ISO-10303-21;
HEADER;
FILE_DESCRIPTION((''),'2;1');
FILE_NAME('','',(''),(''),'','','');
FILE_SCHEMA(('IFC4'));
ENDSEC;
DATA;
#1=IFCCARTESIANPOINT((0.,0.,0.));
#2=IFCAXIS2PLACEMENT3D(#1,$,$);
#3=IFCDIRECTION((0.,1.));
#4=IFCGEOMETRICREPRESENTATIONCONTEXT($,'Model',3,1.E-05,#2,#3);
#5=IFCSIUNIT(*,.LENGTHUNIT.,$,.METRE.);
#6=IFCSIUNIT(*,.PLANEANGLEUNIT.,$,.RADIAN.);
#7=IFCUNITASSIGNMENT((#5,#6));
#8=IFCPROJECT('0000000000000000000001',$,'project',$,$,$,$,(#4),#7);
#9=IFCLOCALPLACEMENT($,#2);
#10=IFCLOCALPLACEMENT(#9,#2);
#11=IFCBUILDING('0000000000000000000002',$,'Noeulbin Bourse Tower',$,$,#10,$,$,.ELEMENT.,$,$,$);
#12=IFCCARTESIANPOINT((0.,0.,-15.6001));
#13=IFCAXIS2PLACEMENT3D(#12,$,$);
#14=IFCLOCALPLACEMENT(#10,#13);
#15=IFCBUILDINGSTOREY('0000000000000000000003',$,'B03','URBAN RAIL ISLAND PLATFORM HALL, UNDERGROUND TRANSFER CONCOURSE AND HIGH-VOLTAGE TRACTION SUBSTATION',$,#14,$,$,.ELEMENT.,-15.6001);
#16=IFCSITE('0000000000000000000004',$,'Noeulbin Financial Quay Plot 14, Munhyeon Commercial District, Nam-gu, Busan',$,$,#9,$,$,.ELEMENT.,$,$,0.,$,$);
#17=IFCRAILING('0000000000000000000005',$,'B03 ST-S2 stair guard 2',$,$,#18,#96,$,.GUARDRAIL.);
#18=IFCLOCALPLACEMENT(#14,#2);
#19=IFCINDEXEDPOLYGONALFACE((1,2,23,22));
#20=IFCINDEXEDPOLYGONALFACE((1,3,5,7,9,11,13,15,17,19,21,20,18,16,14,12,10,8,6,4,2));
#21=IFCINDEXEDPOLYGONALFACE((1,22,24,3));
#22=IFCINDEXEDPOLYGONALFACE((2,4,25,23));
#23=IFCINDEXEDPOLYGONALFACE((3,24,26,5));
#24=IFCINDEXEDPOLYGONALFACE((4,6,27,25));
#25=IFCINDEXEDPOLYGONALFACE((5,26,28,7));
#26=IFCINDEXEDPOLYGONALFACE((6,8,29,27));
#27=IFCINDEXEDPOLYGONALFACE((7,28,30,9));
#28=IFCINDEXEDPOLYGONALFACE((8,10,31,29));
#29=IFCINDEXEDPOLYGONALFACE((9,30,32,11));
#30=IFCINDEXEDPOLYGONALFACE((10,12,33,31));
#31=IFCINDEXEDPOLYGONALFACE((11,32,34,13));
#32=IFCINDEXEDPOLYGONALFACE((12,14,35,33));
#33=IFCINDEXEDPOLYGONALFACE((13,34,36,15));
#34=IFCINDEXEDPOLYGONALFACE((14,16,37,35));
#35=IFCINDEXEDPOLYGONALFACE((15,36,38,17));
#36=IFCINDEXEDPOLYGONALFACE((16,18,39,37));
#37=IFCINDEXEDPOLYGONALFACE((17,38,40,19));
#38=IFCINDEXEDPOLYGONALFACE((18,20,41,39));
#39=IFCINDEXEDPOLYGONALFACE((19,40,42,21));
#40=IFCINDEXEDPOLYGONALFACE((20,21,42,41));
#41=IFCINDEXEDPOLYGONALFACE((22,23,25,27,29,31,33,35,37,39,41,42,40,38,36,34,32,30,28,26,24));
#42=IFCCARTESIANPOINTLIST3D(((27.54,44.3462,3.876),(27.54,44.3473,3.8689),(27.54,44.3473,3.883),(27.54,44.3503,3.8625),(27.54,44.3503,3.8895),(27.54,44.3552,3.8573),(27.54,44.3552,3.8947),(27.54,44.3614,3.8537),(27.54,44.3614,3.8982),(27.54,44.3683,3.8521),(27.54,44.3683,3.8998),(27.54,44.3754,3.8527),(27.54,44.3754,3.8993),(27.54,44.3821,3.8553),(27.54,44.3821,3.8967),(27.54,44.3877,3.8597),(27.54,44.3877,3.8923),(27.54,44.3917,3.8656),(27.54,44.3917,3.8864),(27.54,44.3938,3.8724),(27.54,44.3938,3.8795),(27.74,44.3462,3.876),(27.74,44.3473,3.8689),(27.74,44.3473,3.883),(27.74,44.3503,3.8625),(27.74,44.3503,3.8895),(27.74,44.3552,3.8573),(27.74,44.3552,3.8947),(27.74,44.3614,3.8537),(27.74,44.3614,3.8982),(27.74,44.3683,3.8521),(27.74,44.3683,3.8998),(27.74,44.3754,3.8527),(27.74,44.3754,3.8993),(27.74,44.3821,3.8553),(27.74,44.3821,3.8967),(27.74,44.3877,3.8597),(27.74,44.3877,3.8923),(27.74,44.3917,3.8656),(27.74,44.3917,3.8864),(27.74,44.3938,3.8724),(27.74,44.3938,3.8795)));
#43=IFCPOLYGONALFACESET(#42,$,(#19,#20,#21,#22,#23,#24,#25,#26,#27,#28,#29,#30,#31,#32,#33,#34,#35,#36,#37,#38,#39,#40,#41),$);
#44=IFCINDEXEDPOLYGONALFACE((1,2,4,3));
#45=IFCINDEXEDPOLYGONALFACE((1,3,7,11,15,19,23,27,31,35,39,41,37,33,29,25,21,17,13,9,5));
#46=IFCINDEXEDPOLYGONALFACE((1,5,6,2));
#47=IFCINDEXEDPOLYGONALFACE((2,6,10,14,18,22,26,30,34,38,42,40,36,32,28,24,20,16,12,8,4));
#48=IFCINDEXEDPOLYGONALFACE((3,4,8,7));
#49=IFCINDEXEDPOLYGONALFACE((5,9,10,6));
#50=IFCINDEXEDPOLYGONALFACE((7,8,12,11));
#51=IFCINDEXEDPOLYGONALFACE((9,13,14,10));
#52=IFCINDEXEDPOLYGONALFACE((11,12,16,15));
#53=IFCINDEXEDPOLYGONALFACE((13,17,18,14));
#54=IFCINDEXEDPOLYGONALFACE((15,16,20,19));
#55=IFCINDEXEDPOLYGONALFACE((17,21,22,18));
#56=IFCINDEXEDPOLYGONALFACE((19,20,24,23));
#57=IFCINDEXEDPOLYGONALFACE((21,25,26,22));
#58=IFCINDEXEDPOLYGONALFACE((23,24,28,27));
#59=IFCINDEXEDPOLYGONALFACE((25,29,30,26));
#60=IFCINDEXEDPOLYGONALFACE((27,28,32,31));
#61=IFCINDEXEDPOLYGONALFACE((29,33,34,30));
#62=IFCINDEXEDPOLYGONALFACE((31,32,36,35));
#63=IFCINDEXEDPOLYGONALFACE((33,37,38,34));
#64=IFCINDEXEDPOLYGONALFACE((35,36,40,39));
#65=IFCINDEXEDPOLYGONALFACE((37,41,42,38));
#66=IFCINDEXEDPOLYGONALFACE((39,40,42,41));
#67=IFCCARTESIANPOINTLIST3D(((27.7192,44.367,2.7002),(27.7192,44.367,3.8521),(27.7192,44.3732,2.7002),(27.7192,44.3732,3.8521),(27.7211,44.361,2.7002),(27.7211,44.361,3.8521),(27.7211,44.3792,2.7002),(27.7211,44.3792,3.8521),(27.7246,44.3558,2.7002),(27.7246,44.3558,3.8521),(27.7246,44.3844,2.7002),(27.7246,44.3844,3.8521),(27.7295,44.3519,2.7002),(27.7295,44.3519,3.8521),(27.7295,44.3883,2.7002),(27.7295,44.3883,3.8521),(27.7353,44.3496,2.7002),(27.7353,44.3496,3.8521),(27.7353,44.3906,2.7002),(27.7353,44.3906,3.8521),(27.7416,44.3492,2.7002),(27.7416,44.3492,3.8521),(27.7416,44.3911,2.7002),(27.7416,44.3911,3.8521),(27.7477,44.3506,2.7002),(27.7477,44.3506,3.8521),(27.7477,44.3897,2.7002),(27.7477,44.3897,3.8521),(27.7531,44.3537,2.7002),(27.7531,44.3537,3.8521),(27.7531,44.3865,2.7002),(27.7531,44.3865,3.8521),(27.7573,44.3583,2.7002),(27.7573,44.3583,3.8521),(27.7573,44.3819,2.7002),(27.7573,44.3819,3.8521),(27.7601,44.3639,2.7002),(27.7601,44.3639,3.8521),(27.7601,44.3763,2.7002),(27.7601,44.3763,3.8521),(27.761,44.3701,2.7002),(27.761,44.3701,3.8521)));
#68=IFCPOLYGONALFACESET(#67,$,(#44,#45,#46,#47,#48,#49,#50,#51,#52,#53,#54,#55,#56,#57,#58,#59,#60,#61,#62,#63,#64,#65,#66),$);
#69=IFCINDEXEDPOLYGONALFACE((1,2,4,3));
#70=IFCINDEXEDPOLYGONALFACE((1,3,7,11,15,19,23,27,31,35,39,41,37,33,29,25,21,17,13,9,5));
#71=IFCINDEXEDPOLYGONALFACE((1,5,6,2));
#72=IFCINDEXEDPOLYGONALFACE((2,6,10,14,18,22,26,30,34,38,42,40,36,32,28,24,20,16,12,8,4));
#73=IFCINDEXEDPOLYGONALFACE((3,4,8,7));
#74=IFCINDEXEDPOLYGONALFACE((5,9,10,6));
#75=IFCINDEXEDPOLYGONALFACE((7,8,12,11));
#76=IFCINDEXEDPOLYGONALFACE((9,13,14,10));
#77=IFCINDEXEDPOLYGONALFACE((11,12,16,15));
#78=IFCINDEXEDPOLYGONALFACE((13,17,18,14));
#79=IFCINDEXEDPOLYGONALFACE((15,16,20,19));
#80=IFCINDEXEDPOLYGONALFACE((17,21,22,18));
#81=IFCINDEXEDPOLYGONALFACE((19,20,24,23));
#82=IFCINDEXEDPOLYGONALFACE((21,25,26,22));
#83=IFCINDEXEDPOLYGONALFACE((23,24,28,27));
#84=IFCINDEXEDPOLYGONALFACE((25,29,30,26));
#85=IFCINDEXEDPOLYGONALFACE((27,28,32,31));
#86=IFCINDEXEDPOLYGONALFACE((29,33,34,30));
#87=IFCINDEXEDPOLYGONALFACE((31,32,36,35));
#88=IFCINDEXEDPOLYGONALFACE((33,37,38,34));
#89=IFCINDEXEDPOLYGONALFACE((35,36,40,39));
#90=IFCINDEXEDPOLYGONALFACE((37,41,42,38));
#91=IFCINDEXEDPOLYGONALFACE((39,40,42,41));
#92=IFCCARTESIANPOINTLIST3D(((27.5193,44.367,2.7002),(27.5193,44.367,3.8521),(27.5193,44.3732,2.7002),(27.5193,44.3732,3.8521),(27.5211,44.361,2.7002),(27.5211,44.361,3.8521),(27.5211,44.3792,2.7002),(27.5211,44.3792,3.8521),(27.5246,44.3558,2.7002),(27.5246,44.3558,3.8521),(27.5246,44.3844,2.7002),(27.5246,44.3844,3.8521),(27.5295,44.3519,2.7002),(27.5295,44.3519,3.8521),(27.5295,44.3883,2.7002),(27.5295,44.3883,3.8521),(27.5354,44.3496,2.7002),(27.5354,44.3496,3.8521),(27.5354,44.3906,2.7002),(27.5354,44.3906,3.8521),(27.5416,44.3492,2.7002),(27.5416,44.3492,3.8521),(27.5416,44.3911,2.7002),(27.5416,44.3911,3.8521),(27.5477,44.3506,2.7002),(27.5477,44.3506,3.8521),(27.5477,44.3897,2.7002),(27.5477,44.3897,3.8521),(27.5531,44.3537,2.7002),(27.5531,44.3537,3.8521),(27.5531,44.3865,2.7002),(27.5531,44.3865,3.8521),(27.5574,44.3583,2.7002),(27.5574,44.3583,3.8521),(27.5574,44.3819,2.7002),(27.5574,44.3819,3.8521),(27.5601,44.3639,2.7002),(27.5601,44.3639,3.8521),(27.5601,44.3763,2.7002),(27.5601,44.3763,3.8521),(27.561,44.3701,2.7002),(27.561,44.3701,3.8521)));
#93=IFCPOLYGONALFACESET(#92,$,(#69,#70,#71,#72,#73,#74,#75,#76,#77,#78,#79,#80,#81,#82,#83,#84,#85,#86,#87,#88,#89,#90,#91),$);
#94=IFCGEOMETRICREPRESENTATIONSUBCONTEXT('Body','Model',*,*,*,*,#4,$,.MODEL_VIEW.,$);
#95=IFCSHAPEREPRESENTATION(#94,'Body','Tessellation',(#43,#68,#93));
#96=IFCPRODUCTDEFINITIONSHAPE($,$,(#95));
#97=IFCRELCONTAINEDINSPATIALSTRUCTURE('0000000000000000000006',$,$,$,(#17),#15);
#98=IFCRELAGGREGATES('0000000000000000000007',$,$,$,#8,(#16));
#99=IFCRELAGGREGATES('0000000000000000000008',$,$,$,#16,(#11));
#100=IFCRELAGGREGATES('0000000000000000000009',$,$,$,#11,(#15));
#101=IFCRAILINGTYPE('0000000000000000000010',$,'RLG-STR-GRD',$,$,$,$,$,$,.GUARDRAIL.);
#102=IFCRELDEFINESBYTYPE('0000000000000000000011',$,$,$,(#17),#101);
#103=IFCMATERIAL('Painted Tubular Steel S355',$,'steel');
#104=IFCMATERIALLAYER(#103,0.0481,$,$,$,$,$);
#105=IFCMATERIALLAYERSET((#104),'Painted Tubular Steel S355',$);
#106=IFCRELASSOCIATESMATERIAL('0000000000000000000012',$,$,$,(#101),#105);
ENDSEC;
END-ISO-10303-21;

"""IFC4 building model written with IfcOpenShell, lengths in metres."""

from ifc_helpers import new_model, si_unit, direction, frame, origin, origin_2d, place, context, subcontext, project, spatial, circle, extrude, material, layer, layer_set, type_object, element, save


model = new_model("IFC4")

# Units and contexts
model_context = context("Model", 3, precision=1e-05, world=origin(), true_north=direction((0.0, 1.0)))
body_context = subcontext(model_context, "Body", "Model", "MODEL_VIEW")
ifc_project = project(units=[si_unit("LENGTHUNIT", "METRE"), si_unit("PLANEANGLEUNIT", "RADIAN")], contexts=[model_context])

# Site, building, storey
site_placement = place(None, origin())
site = spatial("IfcSite", under=ifc_project, at=site_placement, Name="Noeulbin Financial Quay Plot 14, Munhyeon Commercial District, Nam-gu, Busan", CompositionType="ELEMENT", RefElevation=0.0)
building_placement = place(site_placement, origin())
building = spatial("IfcBuilding", under=site, at=building_placement, Name="Noeulbin Bourse Tower", CompositionType="ELEMENT")
storey_placement = place(building_placement, frame((0.0, 0.0, -15.6001)))
storey = spatial("IfcBuildingStorey", under=building, at=storey_placement, Name="B03", Description="URBAN RAIL ISLAND PLATFORM HALL, UNDERGROUND TRANSFER CONCOURSE AND HIGH-VOLTAGE TRACTION SUBSTATION", CompositionType="ELEMENT", Elevation=-15.6001)

# Railing
ifc_material_1 = material(Name="Painted Tubular Steel S355", Category="steel")
ifc_layer_1 = layer(ifc_material_1, 0.0481)
ifc_layer_set_1 = layer_set([ifc_layer_1], Name="Painted Tubular Steel S355")
railing_type_1 = type_object("IfcRailingType", Name="RLG-STR-GRD", PredefinedType="GUARDRAIL", material=ifc_layer_set_1)
railing_1_placement = place(storey_placement, frame((27.74, 44.3701, 2.7002)))
element("IfcRailing", 1, at=railing_1_placement, inside=storey, type_object=railing_type_1, Name="B03 ST-S2 stair guard 2", PredefinedType="GUARDRAIL", context=body_context, shape_type="SweptSolid", body=[
    extrude(circle(Radius=0.0239, at=origin_2d()), frame((0.0, 0.0, 1.1758), z_axis=(-1.0, 0.0, 0.0), x_axis=(0.0, -1.0, 0.0)), (0.0, 0.0, 1.0), 0.2),
    extrude(circle(Radius=0.021, at=origin_2d()), origin(), (0.0, 0.0, 1.0), 1.1519),
    extrude(circle(Radius=0.021, at=origin_2d()), frame((-0.2, 0.0, 0.0)), (0.0, 0.0, 1.0), 1.1519),
])

save(model, "model.ifc")
